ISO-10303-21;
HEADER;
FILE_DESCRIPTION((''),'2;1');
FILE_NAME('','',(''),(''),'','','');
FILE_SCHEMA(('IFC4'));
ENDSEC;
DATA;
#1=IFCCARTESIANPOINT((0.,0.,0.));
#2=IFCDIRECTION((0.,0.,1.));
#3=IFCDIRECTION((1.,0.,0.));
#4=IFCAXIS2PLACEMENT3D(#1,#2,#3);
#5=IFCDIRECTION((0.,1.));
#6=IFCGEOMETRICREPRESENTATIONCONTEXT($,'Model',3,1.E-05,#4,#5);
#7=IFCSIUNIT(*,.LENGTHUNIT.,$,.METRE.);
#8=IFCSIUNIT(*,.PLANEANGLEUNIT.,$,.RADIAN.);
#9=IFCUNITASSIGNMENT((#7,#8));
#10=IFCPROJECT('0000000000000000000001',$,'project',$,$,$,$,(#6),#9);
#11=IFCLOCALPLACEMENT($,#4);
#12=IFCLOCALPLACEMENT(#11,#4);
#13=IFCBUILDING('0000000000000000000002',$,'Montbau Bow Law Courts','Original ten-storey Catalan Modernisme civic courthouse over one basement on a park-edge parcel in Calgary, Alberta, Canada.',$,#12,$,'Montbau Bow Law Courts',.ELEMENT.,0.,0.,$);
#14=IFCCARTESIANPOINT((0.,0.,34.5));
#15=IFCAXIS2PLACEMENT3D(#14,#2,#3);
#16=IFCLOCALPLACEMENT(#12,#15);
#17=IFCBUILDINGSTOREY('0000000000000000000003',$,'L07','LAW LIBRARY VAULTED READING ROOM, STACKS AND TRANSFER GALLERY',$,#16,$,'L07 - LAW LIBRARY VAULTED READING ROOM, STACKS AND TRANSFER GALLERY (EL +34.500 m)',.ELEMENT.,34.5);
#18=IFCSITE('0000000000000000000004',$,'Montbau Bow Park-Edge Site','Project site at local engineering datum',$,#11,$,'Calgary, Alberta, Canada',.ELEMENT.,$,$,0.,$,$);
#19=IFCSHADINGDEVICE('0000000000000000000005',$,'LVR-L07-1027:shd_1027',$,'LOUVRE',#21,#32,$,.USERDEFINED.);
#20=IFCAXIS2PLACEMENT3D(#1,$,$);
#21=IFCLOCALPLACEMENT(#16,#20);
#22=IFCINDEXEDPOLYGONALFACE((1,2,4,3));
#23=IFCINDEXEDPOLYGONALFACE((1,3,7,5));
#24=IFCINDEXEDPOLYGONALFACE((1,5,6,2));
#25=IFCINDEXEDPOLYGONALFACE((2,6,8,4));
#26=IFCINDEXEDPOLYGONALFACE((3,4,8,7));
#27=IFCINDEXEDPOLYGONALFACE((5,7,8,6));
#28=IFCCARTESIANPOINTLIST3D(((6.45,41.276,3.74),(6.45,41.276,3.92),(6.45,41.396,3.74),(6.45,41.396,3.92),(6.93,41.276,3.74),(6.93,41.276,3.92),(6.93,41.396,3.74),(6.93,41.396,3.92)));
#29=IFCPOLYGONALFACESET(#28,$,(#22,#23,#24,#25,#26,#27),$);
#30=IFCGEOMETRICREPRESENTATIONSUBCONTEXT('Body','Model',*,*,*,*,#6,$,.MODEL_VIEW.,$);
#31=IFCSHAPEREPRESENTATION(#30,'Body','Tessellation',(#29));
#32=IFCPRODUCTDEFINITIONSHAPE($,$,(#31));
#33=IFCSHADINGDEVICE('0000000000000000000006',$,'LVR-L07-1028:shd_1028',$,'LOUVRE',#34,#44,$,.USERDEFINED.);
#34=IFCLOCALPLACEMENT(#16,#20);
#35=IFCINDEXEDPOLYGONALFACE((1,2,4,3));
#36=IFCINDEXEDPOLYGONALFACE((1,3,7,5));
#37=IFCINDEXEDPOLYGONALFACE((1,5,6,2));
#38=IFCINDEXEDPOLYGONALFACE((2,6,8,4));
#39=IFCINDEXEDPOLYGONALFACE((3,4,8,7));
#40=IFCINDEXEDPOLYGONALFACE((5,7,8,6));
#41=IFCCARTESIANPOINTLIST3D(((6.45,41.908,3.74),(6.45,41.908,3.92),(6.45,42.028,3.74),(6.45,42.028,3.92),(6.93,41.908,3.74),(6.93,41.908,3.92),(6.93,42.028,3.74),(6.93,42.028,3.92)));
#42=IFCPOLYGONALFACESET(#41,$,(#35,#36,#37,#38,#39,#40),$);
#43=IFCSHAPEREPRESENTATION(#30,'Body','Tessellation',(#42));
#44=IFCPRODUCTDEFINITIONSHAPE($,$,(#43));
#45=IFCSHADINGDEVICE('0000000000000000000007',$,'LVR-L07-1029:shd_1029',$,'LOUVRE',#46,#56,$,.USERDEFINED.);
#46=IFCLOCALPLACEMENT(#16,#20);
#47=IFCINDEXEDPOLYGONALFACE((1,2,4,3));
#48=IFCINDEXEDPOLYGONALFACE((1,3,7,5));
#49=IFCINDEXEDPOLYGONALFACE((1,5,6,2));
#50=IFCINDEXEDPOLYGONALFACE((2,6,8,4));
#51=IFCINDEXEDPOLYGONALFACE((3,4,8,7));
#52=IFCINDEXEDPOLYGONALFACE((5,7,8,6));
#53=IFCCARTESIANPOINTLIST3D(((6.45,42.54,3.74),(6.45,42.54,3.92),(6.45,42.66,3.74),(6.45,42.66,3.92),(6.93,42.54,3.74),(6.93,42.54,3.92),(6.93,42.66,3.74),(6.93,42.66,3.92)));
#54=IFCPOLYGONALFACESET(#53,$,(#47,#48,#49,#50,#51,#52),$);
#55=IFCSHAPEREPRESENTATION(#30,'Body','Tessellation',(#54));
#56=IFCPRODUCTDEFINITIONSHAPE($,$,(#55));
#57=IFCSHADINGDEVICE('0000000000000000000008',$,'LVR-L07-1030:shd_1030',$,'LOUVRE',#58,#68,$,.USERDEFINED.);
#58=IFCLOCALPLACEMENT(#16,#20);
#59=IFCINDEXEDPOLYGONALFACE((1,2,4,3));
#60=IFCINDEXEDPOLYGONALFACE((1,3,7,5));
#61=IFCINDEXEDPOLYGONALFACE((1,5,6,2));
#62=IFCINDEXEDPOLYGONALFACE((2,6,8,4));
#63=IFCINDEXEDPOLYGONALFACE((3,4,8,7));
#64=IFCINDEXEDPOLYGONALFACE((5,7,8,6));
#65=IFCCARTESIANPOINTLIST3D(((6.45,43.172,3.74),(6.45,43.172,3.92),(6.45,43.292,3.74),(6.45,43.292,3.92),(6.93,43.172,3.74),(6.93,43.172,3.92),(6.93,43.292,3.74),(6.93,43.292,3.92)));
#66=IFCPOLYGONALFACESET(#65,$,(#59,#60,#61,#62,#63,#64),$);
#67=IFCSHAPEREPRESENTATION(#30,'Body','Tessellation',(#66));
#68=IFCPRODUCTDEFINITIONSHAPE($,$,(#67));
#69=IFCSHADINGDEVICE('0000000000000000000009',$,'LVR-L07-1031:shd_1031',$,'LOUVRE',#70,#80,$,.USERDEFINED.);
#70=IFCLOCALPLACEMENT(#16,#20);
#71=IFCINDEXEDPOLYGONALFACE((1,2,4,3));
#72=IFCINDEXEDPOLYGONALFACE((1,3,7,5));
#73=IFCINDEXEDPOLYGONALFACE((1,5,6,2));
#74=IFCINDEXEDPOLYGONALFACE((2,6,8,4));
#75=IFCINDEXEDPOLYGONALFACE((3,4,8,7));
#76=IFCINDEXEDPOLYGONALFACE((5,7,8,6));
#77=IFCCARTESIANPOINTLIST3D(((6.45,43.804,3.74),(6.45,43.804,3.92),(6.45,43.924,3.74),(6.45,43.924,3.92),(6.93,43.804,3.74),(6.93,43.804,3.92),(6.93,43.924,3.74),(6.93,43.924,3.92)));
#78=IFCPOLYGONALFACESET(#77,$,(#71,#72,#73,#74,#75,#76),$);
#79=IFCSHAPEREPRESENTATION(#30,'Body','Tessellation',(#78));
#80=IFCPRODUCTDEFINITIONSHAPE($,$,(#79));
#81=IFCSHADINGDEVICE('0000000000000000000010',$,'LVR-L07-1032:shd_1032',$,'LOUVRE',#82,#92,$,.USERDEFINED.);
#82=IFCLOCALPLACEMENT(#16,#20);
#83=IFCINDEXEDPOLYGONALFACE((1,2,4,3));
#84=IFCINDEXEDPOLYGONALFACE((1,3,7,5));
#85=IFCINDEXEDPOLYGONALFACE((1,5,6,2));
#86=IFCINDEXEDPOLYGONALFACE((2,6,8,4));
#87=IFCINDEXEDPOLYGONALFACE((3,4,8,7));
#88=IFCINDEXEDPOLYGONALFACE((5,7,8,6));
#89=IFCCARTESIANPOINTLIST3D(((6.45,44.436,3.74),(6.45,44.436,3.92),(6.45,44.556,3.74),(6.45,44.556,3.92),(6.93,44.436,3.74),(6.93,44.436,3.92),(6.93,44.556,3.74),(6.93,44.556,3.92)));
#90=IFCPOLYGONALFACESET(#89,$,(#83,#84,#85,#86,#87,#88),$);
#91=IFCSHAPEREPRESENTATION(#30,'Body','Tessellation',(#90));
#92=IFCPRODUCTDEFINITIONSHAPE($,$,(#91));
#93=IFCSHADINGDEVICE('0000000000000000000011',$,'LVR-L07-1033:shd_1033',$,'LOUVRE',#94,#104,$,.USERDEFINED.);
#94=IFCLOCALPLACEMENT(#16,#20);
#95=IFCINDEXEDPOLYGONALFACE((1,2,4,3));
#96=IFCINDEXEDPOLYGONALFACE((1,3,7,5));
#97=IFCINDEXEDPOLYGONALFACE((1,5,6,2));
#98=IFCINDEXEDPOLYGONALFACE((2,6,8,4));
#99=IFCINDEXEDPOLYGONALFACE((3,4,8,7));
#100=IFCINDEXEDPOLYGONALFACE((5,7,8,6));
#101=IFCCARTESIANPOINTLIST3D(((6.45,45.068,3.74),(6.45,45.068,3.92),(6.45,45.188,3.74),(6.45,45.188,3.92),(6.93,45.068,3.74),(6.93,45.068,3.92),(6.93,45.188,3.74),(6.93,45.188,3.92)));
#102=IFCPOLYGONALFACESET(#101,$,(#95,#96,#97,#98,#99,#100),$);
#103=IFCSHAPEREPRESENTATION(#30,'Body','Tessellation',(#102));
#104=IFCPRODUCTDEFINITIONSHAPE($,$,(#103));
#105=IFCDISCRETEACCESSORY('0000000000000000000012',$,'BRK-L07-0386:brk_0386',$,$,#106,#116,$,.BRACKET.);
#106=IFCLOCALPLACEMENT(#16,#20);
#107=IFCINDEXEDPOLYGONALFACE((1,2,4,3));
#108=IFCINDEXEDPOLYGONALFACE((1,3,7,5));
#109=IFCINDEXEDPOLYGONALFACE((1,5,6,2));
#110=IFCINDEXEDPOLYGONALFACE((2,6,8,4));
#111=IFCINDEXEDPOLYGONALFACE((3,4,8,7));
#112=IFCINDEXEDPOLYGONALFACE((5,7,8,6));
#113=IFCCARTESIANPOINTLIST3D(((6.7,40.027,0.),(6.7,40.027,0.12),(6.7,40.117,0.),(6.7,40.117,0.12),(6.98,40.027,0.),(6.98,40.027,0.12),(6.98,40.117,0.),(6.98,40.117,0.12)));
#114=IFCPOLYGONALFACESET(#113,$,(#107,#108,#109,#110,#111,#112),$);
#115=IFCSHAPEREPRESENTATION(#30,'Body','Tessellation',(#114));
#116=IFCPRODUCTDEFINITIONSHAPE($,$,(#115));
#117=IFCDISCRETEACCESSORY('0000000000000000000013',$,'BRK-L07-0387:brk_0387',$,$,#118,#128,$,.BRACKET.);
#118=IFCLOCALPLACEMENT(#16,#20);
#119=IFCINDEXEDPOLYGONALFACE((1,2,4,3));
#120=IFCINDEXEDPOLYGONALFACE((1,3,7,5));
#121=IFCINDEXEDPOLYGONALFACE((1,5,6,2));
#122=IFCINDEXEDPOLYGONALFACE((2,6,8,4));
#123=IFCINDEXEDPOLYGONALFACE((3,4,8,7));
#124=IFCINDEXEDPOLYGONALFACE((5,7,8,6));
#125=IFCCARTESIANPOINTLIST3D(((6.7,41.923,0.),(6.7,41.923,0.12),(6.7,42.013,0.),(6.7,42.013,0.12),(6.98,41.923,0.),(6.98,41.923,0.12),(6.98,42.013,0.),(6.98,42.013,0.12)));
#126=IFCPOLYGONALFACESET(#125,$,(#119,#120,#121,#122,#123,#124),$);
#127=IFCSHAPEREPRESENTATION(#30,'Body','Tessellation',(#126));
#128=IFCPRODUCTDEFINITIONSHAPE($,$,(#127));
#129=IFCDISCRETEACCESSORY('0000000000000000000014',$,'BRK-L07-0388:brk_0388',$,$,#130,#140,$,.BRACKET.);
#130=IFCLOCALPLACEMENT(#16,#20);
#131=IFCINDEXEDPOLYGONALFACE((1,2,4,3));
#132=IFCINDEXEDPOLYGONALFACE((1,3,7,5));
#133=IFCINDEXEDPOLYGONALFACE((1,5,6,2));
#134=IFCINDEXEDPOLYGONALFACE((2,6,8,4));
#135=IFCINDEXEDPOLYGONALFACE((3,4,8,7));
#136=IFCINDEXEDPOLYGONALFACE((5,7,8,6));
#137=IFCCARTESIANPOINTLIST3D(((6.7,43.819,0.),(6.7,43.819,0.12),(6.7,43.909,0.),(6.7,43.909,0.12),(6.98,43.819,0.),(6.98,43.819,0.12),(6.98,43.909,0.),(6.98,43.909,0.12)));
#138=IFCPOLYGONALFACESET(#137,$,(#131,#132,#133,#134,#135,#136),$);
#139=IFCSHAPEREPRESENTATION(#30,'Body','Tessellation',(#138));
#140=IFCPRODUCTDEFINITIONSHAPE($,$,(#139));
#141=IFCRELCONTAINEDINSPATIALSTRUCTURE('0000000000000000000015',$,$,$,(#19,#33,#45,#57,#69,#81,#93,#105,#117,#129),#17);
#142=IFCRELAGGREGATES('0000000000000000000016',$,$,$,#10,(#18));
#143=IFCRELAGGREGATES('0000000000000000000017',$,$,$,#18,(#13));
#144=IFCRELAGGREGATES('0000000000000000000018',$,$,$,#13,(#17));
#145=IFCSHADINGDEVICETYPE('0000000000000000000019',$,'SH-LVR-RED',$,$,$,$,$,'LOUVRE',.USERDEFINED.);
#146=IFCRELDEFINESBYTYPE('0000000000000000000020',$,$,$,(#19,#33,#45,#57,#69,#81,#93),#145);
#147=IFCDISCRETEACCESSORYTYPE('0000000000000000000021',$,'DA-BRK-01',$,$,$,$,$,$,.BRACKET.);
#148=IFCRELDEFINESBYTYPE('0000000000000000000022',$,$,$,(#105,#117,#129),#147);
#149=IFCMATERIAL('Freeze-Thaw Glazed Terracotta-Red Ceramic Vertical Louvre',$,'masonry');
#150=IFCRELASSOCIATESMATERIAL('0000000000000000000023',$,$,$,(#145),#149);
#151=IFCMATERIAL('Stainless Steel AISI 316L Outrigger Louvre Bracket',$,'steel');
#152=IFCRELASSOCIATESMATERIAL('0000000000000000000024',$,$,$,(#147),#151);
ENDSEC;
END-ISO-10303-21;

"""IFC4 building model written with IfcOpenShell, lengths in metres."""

from ifc_helpers import new_model, si_unit, direction, frame, origin_with_axes, origin_2d_with_axis, place, context, subcontext, project, spatial, rectangle, extrude, material, type_object, element, save


model = new_model("IFC4")

# Units and contexts
model_context = context("Model", 3, precision=1e-05, world=origin_with_axes(), true_north=direction((0.0, 1.0)))
body_context = subcontext(model_context, "Body", "Model", "MODEL_VIEW")
ifc_project = project(units=[si_unit("LENGTHUNIT", "METRE"), si_unit("PLANEANGLEUNIT", "RADIAN")], contexts=[model_context])

# Site, building, storey
site_placement = place(None, origin_with_axes())
site = spatial("IfcSite", under=ifc_project, at=site_placement, Name="Montbau Bow Park-Edge Site", Description="Project site at local engineering datum", LongName="Calgary, Alberta, Canada", CompositionType="ELEMENT", RefElevation=0.0)
building_placement = place(site_placement, origin_with_axes())
building = spatial("IfcBuilding", under=site, at=building_placement, Name="Montbau Bow Law Courts", Description="Original ten-storey Catalan Modernisme civic courthouse over one basement on a park-edge parcel in Calgary, Alberta, Canada.", LongName="Montbau Bow Law Courts", CompositionType="ELEMENT", ElevationOfRefHeight=0.0, ElevationOfTerrain=0.0)
storey_placement = place(building_placement, frame((0.0, 0.0, 34.5), z_axis=(0.0, 0.0, 1.0), x_axis=(1.0, 0.0, 0.0)))
storey = spatial("IfcBuildingStorey", under=building, at=storey_placement, Name="L07", Description="LAW LIBRARY VAULTED READING ROOM, STACKS AND TRANSFER GALLERY", LongName="L07 - LAW LIBRARY VAULTED READING ROOM, STACKS AND TRANSFER GALLERY (EL +34.500 m)", CompositionType="ELEMENT", Elevation=34.5)

# Shared definitions
ifc_material_1 = material(Name="Freeze-Thaw Glazed Terracotta-Red Ceramic Vertical Louvre", Category="masonry")

# Shading devices
shading_device_type = type_object("IfcShadingDeviceType", Name="SH-LVR-RED", ElementType="LOUVRE", PredefinedType="USERDEFINED", material=ifc_material_1)
for number, where, z_axis, x_axis, name in (
    (1, (6.69, 41.336, 38.24), (0.0, 0.0, 1.0), (-1.0, 0.0, 0.0), "LVR-L07-1027:shd_1027"),
    (2, (6.69, 41.968, 38.24), (0.0, 0.0, 1.0), (-1.0, 0.0, 0.0), "LVR-L07-1028:shd_1028"),
    (3, (6.69, 42.6, 38.24), (0.0, 0.0, 1.0), (-1.0, 0.0, 0.0), "LVR-L07-1029:shd_1029"),
    (4, (6.69, 43.232, 38.24), (0.0, 0.0, 1.0), (-1.0, 0.0, 0.0), "LVR-L07-1030:shd_1030"),
    (5, (6.69, 43.864, 38.24), (0.0, 0.0, 1.0), (-1.0, 0.0, 0.0), "LVR-L07-1031:shd_1031"),
    (6, (6.69, 44.496, 38.24), (0.0, 0.0, 1.0), (-1.0, 0.0, 0.0), "LVR-L07-1032:shd_1032"),
    (7, (6.69, 45.128, 38.24), (0.0, 0.0, 1.0), (-1.0, 0.0, 0.0), "LVR-L07-1033:shd_1033"),
):
    element("IfcShadingDevice", number, at=place(None, frame(where, z_axis=z_axis, x_axis=x_axis)), inside=storey, type_object=shading_device_type, Name=name, ObjectType="LOUVRE", PredefinedType="USERDEFINED", context=body_context, shape_type="SweptSolid", body=[
        extrude(rectangle(XDim=0.48, YDim=0.12, at=origin_2d_with_axis()), origin_with_axes(), (0.0, 0.0, 1.0), 0.18),
    ])

# Discrete accessories
ifc_material_2 = material(Name="Stainless Steel AISI 316L Outrigger Louvre Bracket", Category="steel")
discrete_accessory_type = type_object("IfcDiscreteAccessoryType", Name="DA-BRK-01", PredefinedType="BRACKET", material=ifc_material_2)
for number, where, z_axis, x_axis, name in (
    (8, (6.84, 40.072, 34.5), (0.0, 0.0, 1.0), (-1.0, 0.0, 0.0), "BRK-L07-0386:brk_0386"),
    (9, (6.84, 41.968, 34.5), (0.0, 0.0, 1.0), (-1.0, 0.0, 0.0), "BRK-L07-0387:brk_0387"),
    (10, (6.84, 43.864, 34.5), (0.0, 0.0, 1.0), (-1.0, 0.0, 0.0), "BRK-L07-0388:brk_0388"),
):
    element("IfcDiscreteAccessory", number, at=place(None, frame(where, z_axis=z_axis, x_axis=x_axis)), inside=storey, type_object=discrete_accessory_type, Name=name, PredefinedType="BRACKET", context=body_context, shape_type="SweptSolid", body=[
        extrude(rectangle(XDim=0.28, YDim=0.09, at=origin_2d_with_axis()), origin_with_axes(), (0.0, 0.0, 1.0), 0.12),
    ])

save(model, "model.ifc")
